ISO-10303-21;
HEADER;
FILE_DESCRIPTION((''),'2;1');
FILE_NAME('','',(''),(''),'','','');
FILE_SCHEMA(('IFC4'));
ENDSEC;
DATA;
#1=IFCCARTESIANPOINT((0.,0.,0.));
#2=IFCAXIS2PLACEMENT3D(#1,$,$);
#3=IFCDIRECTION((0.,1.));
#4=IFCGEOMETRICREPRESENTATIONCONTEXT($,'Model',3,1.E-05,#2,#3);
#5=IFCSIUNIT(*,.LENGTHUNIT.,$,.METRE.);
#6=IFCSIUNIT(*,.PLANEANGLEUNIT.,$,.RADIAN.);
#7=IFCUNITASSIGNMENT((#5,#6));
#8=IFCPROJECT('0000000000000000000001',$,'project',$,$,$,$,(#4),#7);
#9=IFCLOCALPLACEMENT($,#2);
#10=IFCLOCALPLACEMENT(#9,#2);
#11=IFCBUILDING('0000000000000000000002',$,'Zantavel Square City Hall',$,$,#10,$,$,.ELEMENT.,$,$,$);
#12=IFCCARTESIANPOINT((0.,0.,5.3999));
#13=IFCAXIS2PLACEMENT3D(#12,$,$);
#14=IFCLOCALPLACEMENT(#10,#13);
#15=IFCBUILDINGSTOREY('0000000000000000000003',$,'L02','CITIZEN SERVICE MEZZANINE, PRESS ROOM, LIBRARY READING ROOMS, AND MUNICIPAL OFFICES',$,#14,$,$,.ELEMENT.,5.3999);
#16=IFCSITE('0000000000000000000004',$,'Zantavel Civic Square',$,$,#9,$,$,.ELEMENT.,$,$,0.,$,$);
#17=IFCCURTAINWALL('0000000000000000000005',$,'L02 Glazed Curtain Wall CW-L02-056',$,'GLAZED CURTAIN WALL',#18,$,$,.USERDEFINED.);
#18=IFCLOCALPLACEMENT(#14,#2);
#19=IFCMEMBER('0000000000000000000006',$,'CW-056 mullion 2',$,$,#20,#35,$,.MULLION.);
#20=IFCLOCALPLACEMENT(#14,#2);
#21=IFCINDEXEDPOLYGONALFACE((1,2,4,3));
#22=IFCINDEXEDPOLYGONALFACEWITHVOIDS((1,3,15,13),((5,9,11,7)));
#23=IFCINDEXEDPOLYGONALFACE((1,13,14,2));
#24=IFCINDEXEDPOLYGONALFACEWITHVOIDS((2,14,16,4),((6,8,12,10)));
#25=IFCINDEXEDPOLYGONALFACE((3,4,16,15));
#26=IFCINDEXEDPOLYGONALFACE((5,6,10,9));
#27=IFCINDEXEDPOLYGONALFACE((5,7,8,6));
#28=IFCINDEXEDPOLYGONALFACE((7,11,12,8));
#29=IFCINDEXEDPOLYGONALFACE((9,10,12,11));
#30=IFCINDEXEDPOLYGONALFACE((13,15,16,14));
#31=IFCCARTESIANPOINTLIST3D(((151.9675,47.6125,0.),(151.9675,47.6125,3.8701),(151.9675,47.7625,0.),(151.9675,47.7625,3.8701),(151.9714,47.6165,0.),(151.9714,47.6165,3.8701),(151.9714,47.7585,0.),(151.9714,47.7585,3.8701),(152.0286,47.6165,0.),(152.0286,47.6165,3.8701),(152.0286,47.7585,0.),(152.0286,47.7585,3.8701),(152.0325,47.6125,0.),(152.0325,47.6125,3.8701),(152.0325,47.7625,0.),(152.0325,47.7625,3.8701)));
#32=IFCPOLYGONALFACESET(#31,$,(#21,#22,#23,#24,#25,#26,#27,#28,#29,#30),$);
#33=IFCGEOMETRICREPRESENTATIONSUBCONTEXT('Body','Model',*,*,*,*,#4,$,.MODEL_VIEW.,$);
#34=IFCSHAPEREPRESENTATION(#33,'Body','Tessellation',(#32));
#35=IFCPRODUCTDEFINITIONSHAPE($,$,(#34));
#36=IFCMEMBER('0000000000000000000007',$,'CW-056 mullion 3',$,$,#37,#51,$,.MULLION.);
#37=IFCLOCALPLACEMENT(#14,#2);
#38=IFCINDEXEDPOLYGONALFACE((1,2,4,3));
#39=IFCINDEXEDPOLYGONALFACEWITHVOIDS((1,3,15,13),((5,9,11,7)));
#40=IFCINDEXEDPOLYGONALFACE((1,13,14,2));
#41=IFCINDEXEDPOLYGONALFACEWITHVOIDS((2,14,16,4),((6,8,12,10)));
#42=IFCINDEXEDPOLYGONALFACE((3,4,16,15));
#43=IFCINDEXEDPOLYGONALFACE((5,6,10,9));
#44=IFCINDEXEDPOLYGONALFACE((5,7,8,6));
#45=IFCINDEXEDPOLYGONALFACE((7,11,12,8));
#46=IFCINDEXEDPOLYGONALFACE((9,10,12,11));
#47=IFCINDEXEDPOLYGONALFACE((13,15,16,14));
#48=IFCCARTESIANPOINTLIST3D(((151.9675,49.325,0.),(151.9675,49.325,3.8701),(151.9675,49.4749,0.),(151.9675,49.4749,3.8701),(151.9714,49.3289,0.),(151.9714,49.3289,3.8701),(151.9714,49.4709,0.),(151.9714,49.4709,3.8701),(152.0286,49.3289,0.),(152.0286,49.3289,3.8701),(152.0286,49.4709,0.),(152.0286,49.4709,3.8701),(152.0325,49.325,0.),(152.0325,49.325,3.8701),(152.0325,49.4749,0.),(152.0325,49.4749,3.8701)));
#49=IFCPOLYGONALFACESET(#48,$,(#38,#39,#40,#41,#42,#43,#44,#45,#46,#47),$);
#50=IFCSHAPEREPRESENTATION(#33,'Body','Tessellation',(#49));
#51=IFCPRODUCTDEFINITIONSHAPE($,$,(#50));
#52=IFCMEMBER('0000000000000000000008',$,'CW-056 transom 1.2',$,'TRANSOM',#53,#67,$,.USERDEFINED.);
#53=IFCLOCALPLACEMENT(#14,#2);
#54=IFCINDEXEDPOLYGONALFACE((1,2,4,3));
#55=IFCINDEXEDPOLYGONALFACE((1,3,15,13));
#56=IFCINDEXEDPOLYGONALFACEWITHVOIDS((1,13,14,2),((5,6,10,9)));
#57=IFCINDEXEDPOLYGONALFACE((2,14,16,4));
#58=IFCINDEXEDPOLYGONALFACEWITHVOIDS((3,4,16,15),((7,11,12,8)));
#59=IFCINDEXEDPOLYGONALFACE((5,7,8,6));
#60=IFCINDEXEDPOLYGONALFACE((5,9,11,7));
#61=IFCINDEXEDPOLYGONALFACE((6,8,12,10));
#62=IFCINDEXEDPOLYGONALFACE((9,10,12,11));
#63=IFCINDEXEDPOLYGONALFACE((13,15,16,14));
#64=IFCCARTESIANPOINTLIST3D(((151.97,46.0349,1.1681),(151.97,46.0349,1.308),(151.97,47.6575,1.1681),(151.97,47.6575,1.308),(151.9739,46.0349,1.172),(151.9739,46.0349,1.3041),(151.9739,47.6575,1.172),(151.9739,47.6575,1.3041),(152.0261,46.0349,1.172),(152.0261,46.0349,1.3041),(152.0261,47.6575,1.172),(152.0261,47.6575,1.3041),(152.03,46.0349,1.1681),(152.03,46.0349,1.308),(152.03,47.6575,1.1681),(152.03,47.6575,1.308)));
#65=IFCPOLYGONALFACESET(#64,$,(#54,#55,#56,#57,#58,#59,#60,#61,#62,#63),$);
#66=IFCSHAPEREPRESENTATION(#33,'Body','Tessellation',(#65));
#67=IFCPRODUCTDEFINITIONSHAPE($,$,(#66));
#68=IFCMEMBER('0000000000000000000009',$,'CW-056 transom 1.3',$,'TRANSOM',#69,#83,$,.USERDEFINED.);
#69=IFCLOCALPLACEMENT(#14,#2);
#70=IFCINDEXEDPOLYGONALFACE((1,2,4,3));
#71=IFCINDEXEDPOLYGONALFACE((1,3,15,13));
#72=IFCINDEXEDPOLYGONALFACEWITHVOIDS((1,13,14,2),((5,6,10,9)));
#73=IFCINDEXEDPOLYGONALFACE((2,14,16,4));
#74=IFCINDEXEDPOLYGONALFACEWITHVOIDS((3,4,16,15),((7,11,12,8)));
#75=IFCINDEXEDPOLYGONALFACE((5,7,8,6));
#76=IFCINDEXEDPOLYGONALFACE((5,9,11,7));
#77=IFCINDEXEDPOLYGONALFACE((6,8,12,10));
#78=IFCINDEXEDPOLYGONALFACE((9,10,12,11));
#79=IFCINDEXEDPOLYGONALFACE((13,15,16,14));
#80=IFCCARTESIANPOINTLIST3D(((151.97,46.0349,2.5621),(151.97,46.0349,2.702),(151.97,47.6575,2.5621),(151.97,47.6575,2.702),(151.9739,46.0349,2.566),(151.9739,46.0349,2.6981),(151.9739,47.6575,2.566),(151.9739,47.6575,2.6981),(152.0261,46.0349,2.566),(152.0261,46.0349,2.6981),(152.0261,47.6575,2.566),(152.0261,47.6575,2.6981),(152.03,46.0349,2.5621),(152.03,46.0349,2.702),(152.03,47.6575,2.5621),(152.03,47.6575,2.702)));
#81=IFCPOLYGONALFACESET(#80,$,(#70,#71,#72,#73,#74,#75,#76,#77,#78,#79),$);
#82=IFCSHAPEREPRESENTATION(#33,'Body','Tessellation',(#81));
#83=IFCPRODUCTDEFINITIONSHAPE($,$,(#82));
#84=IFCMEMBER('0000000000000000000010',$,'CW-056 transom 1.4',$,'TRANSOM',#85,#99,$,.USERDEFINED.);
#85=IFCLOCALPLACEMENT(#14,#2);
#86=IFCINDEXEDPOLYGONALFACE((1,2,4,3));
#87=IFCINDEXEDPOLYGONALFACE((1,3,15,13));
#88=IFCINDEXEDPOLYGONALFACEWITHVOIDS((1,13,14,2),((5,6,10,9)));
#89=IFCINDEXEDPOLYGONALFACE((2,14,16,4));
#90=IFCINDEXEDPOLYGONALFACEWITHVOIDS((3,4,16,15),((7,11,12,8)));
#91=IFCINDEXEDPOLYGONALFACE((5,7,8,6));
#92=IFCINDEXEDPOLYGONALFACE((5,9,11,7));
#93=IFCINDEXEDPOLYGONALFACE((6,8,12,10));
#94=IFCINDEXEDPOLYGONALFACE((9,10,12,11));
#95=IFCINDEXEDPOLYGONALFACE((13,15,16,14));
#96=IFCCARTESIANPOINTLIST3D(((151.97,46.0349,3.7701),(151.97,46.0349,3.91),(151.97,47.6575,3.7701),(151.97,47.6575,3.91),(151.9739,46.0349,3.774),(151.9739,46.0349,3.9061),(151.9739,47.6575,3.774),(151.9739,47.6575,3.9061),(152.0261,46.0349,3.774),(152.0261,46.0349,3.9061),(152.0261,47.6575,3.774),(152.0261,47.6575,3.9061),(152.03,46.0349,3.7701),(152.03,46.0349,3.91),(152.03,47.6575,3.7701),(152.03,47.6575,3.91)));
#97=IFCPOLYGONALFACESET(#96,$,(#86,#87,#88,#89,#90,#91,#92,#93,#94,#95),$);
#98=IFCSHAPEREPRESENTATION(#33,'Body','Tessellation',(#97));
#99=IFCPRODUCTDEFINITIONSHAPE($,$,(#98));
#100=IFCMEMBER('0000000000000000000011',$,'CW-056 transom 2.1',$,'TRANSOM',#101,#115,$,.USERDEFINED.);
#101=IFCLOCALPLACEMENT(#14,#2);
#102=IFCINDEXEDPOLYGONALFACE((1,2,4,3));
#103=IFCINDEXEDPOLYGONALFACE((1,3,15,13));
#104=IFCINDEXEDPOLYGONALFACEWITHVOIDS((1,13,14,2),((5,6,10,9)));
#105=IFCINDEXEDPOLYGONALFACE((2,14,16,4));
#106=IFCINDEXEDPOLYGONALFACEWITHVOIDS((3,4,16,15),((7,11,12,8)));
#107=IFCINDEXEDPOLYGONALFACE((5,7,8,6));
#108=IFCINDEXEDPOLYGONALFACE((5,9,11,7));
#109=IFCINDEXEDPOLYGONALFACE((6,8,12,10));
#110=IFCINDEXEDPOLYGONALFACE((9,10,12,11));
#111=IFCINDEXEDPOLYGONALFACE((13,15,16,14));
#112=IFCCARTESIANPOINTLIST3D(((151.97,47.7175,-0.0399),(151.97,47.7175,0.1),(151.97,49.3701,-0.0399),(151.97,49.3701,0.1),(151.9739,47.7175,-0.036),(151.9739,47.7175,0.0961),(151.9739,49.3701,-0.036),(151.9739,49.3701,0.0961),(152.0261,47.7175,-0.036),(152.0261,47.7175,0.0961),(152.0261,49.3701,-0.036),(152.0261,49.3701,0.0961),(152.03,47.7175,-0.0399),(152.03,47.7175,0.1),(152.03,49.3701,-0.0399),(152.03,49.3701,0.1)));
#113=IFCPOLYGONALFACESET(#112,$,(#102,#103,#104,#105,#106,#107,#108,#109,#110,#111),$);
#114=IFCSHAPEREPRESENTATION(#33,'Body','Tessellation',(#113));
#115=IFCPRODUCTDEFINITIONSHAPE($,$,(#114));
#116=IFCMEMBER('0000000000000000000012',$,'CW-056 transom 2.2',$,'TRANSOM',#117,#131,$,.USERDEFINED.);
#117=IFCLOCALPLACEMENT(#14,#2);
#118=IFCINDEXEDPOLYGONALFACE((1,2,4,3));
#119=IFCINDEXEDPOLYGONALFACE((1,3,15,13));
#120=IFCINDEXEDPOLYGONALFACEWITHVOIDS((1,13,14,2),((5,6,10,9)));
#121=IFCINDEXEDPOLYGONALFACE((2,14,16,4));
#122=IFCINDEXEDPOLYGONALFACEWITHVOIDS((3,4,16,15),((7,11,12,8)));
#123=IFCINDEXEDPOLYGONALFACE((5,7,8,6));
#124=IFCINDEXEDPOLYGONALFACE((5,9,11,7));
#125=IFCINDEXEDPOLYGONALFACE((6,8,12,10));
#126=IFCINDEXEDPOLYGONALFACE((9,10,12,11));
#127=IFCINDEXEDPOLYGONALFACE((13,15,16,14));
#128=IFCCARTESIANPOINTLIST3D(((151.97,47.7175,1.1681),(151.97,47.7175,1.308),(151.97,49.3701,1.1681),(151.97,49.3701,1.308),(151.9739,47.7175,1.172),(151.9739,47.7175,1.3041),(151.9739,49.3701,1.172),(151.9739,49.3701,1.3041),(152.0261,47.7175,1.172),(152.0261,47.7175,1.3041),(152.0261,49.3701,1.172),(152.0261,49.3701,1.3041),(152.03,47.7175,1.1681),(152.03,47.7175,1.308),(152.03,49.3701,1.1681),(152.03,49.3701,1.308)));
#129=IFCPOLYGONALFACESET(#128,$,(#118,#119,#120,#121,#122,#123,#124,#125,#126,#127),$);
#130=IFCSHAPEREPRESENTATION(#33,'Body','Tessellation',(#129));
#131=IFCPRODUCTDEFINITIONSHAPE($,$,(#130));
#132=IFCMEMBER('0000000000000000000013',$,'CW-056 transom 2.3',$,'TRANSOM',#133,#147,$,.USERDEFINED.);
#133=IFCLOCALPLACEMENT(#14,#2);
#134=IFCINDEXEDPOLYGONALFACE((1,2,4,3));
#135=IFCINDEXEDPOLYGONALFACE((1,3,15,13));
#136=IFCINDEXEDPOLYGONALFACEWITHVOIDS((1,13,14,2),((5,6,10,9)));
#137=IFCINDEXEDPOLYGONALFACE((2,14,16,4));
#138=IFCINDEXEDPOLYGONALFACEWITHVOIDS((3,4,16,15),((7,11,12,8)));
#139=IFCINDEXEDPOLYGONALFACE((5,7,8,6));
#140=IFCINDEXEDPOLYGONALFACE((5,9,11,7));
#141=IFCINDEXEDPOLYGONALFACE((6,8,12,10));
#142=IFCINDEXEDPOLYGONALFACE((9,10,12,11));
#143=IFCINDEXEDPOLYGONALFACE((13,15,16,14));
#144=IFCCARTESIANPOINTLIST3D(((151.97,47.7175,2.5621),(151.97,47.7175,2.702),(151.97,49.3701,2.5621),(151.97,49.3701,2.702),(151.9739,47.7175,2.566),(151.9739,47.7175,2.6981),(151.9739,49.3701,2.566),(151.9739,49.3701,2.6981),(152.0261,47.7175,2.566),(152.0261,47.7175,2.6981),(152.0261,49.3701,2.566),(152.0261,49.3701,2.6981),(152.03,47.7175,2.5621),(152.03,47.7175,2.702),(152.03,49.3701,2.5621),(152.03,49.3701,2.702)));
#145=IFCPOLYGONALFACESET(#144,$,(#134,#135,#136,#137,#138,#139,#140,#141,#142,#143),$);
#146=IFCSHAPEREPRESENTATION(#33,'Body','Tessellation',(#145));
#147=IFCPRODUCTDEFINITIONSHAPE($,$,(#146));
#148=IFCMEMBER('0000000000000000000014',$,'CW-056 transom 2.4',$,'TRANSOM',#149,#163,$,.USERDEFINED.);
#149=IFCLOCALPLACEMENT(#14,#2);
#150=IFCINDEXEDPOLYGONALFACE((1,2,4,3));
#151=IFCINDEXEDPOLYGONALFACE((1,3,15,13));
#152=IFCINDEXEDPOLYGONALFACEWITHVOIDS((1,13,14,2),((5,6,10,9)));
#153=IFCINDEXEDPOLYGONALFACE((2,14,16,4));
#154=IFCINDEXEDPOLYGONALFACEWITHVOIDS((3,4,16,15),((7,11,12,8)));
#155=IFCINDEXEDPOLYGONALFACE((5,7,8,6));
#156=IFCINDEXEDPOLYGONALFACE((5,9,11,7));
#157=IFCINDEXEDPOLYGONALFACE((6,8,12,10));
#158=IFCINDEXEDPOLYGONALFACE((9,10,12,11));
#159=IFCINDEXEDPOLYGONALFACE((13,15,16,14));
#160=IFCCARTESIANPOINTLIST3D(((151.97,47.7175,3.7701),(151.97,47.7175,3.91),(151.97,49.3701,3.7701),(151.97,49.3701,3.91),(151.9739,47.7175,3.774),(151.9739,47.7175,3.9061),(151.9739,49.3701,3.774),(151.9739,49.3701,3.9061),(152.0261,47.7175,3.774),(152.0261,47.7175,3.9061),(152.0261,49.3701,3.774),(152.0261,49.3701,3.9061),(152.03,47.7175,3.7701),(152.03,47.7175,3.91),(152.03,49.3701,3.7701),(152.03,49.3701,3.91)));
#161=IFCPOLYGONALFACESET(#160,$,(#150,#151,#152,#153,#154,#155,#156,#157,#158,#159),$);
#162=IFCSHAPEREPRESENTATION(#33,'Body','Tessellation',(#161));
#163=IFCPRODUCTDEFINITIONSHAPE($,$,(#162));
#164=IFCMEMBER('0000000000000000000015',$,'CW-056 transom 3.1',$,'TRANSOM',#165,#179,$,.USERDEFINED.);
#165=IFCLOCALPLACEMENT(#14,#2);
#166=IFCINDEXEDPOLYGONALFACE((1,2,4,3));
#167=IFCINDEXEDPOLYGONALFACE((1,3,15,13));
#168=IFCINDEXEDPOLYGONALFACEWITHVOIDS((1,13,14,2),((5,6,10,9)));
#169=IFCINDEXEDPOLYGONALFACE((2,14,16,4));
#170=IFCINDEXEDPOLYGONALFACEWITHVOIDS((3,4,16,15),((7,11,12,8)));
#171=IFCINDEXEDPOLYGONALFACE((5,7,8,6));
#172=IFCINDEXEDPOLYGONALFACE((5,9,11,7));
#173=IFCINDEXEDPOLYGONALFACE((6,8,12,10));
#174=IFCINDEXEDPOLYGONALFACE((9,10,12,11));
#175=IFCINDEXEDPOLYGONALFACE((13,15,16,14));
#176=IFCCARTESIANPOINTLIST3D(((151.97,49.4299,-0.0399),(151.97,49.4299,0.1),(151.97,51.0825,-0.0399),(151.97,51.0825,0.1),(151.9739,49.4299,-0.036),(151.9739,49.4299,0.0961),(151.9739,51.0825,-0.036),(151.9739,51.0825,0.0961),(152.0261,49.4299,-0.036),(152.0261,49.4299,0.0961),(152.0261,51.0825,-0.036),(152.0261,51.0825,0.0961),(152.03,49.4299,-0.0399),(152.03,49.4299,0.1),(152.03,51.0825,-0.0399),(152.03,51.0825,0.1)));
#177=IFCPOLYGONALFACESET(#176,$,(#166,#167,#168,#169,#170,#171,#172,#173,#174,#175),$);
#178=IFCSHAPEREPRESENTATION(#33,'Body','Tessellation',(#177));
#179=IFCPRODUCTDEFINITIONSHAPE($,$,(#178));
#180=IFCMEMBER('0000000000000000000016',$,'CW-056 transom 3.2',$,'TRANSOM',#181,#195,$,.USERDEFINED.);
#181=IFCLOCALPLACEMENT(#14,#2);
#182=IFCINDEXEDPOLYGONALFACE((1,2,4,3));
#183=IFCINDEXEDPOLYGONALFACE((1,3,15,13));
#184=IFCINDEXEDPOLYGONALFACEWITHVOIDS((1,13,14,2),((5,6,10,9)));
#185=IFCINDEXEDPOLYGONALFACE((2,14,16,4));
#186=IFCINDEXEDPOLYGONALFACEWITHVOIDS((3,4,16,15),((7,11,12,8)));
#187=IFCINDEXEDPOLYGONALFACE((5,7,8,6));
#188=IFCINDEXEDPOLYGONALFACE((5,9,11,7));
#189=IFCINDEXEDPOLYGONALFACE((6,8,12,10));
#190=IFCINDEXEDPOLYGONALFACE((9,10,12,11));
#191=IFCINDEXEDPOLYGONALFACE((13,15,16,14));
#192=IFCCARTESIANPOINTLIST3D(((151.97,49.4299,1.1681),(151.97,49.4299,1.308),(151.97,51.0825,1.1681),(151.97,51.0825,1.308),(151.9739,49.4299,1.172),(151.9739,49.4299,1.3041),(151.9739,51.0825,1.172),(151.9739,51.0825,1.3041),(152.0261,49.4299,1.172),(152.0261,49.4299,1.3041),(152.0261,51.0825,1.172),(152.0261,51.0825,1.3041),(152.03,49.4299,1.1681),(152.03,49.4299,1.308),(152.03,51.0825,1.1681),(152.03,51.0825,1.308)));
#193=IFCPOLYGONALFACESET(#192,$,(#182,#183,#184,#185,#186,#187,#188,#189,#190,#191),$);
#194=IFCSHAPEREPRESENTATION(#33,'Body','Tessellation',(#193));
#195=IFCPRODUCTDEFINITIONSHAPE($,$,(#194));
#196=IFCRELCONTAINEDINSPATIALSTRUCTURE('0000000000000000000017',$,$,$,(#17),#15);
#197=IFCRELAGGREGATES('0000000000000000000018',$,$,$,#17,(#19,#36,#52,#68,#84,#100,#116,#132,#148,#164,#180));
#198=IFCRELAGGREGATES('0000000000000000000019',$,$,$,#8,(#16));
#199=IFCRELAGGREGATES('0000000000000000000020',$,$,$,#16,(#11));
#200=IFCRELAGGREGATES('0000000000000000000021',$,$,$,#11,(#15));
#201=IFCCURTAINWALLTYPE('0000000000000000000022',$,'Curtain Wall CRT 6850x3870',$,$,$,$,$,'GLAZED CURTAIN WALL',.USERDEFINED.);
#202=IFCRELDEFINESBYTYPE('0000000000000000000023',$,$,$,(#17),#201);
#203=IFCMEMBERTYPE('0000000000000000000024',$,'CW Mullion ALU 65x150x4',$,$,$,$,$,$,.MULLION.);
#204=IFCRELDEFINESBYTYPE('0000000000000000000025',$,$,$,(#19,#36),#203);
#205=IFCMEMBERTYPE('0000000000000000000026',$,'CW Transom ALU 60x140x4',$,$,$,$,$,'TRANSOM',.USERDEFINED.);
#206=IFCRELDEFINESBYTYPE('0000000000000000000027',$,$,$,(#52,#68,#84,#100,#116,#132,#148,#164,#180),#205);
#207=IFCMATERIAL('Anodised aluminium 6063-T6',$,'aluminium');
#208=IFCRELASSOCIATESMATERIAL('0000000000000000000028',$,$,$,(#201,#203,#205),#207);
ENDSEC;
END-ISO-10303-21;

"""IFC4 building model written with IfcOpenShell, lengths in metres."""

from ifc_helpers import new_model, si_unit, direction, frame, origin, origin_2d, place, context, subcontext, project, spatial, hollow_rectangle, extrude, material, material_profile, profile_set, type_object, element, aggregate, save


model = new_model("IFC4")

# Units and contexts
model_context = context("Model", 3, precision=1e-05, world=origin(), true_north=direction((0.0, 1.0)))
body_context = subcontext(model_context, "Body", "Model", "MODEL_VIEW")
ifc_project = project(units=[si_unit("LENGTHUNIT", "METRE"), si_unit("PLANEANGLEUNIT", "RADIAN")], contexts=[model_context])

# Site, building, storey
site_placement = place(None, origin())
site = spatial("IfcSite", under=ifc_project, at=site_placement, Name="Zantavel Civic Square", CompositionType="ELEMENT", RefElevation=0.0)
building_placement = place(site_placement, origin())
building = spatial("IfcBuilding", under=site, at=building_placement, Name="Zantavel Square City Hall", CompositionType="ELEMENT")
storey_placement = place(building_placement, frame((0.0, 0.0, 5.3999)))
storey = spatial("IfcBuildingStorey", under=building, at=storey_placement, Name="L02", Description="CITIZEN SERVICE MEZZANINE, PRESS ROOM, LIBRARY READING ROOMS, AND MUNICIPAL OFFICES", CompositionType="ELEMENT", Elevation=5.3999)

# Curtain wall, members
ifc_material_1 = material(Name="Anodised aluminium 6063-T6", Category="aluminium")
curtain_wall_type = type_object("IfcCurtainWallType", Name="Curtain Wall CRT 6850x3870", ElementType="GLAZED CURTAIN WALL", PredefinedType="USERDEFINED", material=ifc_material_1)
curtain_wall_placement = place(storey_placement, origin())
curtain_wall = element("IfcCurtainWall", 1, at=curtain_wall_placement, inside=storey, type_object=curtain_wall_type, Name="L02 Glazed Curtain Wall CW-L02-056", ObjectType="GLAZED CURTAIN WALL", PredefinedType="USERDEFINED")
ifc_material_profile_1 = material_profile(ifc_material_1, hollow_rectangle(XDim=0.0649, YDim=0.1499, WallThickness=0.0039, at=origin_2d()), Name="ALU 65x150x4")
ifc_profile_set_1 = profile_set([ifc_material_profile_1], Name="Anodised aluminium 6063-T6")
member_type_1 = type_object("IfcMemberType", Name="CW Mullion ALU 65x150x4", PredefinedType="MULLION", material=ifc_profile_set_1)
member_1_placement = place(storey_placement, frame((152.0, 47.6875, 0.0), z_axis=(0.0, 0.0, 1.0), x_axis=(-1.0, 0.0, 0.0)))
member_1 = element("IfcMember", 2, at=member_1_placement, type_object=member_type_1, Name="CW-056 mullion 2", PredefinedType="MULLION", context=body_context, shape_type="SweptSolid", body=[
    extrude(hollow_rectangle(XDim=0.0649, YDim=0.1499, WallThickness=0.0039, at=origin_2d()), origin(), (0.0, 0.0, 1.0), 3.8701),
])
member_2_placement = place(storey_placement, frame((152.0, 49.3999, 0.0), z_axis=(0.0, 0.0, 1.0), x_axis=(-1.0, 0.0, 0.0)))
member_2 = element("IfcMember", 3, at=member_2_placement, type_object=member_type_1, Name="CW-056 mullion 3", PredefinedType="MULLION", context=body_context, shape_type="SweptSolid", body=[
    extrude(hollow_rectangle(XDim=0.0649, YDim=0.1499, WallThickness=0.0039, at=origin_2d()), origin(), (0.0, 0.0, 1.0), 3.8701),
])
ifc_material_profile_2 = material_profile(ifc_material_1, hollow_rectangle(XDim=0.0601, YDim=0.1399, WallThickness=0.0039, at=origin_2d()), Name="ALU 60x140x4")
ifc_profile_set_2 = profile_set([ifc_material_profile_2], Name="Anodised aluminium 6063-T6")
member_type_2 = type_object("IfcMemberType", Name="CW Transom ALU 60x140x4", ElementType="TRANSOM", PredefinedType="USERDEFINED", material=ifc_profile_set_2)
member_3_placement = place(storey_placement, frame((152.0, 46.0349, 1.238), z_axis=(0.0, 1.0, 0.0), x_axis=(-1.0, 0.0, 0.0)))
member_3 = element("IfcMember", 4, at=member_3_placement, type_object=member_type_2, Name="CW-056 transom 1.2", ObjectType="TRANSOM", PredefinedType="USERDEFINED", context=body_context, shape_type="SweptSolid", body=[
    extrude(hollow_rectangle(XDim=0.0601, YDim=0.1399, WallThickness=0.0039, at=origin_2d()), origin(), (0.0, 0.0, 1.0), 1.6226),
])
member_4_placement = place(storey_placement, frame((152.0, 46.0349, 2.6321), z_axis=(0.0, 1.0, 0.0), x_axis=(-1.0, 0.0, 0.0)))
member_4 = element("IfcMember", 5, at=member_4_placement, type_object=member_type_2, Name="CW-056 transom 1.3", ObjectType="TRANSOM", PredefinedType="USERDEFINED", context=body_context, shape_type="SweptSolid", body=[
    extrude(hollow_rectangle(XDim=0.0601, YDim=0.1399, WallThickness=0.0039, at=origin_2d()), origin(), (0.0, 0.0, 1.0), 1.6226),
])
member_5_placement = place(storey_placement, frame((152.0, 46.0349, 3.8401), z_axis=(0.0, 1.0, 0.0), x_axis=(-1.0, 0.0, 0.0)))
member_5 = element("IfcMember", 6, at=member_5_placement, type_object=member_type_2, Name="CW-056 transom 1.4", ObjectType="TRANSOM", PredefinedType="USERDEFINED", context=body_context, shape_type="SweptSolid", body=[
    extrude(hollow_rectangle(XDim=0.0601, YDim=0.1399, WallThickness=0.0039, at=origin_2d()), origin(), (0.0, 0.0, 1.0), 1.6226),
])
member_6_placement = place(storey_placement, frame((152.0, 47.7175, 0.03), z_axis=(0.0, 1.0, 0.0), x_axis=(-1.0, 0.0, 0.0)))
member_6 = element("IfcMember", 7, at=member_6_placement, type_object=member_type_2, Name="CW-056 transom 2.1", ObjectType="TRANSOM", PredefinedType="USERDEFINED", context=body_context, shape_type="SweptSolid", body=[
    extrude(hollow_rectangle(XDim=0.0601, YDim=0.1399, WallThickness=0.0039, at=origin_2d()), origin(), (0.0, 0.0, 1.0), 1.6526),
])
member_7_placement = place(storey_placement, frame((152.0, 47.7175, 1.238), z_axis=(0.0, 1.0, 0.0), x_axis=(-1.0, 0.0, 0.0)))
member_7 = element("IfcMember", 8, at=member_7_placement, type_object=member_type_2, Name="CW-056 transom 2.2", ObjectType="TRANSOM", PredefinedType="USERDEFINED", context=body_context, shape_type="SweptSolid", body=[
    extrude(hollow_rectangle(XDim=0.0601, YDim=0.1399, WallThickness=0.0039, at=origin_2d()), origin(), (0.0, 0.0, 1.0), 1.6526),
])
member_8_placement = place(storey_placement, frame((152.0, 47.7175, 2.6321), z_axis=(0.0, 1.0, 0.0), x_axis=(-1.0, 0.0, 0.0)))
member_8 = element("IfcMember", 9, at=member_8_placement, type_object=member_type_2, Name="CW-056 transom 2.3", ObjectType="TRANSOM", PredefinedType="USERDEFINED", context=body_context, shape_type="SweptSolid", body=[
    extrude(hollow_rectangle(XDim=0.0601, YDim=0.1399, WallThickness=0.0039, at=origin_2d()), origin(), (0.0, 0.0, 1.0), 1.6526),
])
member_9_placement = place(storey_placement, frame((152.0, 47.7175, 3.8401), z_axis=(0.0, 1.0, 0.0), x_axis=(-1.0, 0.0, 0.0)))
member_9 = element("IfcMember", 10, at=member_9_placement, type_object=member_type_2, Name="CW-056 transom 2.4", ObjectType="TRANSOM", PredefinedType="USERDEFINED", context=body_context, shape_type="SweptSolid", body=[
    extrude(hollow_rectangle(XDim=0.0601, YDim=0.1399, WallThickness=0.0039, at=origin_2d()), origin(), (0.0, 0.0, 1.0), 1.6526),
])
member_10_placement = place(storey_placement, frame((152.0, 49.4299, 0.03), z_axis=(0.0, 1.0, 0.0), x_axis=(-1.0, 0.0, 0.0)))
member_10 = element("IfcMember", 11, at=member_10_placement, type_object=member_type_2, Name="CW-056 transom 3.1", ObjectType="TRANSOM", PredefinedType="USERDEFINED", context=body_context, shape_type="SweptSolid", body=[
    extrude(hollow_rectangle(XDim=0.0601, YDim=0.1399, WallThickness=0.0039, at=origin_2d()), origin(), (0.0, 0.0, 1.0), 1.6526),
])
member_11_placement = place(storey_placement, frame((152.0, 49.4299, 1.238), z_axis=(0.0, 1.0, 0.0), x_axis=(-1.0, 0.0, 0.0)))
member_11 = element("IfcMember", 12, at=member_11_placement, type_object=member_type_2, Name="CW-056 transom 3.2", ObjectType="TRANSOM", PredefinedType="USERDEFINED", context=body_context, shape_type="SweptSolid", body=[
    extrude(hollow_rectangle(XDim=0.0601, YDim=0.1399, WallThickness=0.0039, at=origin_2d()), origin(), (0.0, 0.0, 1.0), 1.6526),
])
aggregate(curtain_wall, [member_1, member_2, member_3, member_4, member_5, member_6, member_7, member_8, member_9, member_10, member_11])

save(model, "model.ifc")
